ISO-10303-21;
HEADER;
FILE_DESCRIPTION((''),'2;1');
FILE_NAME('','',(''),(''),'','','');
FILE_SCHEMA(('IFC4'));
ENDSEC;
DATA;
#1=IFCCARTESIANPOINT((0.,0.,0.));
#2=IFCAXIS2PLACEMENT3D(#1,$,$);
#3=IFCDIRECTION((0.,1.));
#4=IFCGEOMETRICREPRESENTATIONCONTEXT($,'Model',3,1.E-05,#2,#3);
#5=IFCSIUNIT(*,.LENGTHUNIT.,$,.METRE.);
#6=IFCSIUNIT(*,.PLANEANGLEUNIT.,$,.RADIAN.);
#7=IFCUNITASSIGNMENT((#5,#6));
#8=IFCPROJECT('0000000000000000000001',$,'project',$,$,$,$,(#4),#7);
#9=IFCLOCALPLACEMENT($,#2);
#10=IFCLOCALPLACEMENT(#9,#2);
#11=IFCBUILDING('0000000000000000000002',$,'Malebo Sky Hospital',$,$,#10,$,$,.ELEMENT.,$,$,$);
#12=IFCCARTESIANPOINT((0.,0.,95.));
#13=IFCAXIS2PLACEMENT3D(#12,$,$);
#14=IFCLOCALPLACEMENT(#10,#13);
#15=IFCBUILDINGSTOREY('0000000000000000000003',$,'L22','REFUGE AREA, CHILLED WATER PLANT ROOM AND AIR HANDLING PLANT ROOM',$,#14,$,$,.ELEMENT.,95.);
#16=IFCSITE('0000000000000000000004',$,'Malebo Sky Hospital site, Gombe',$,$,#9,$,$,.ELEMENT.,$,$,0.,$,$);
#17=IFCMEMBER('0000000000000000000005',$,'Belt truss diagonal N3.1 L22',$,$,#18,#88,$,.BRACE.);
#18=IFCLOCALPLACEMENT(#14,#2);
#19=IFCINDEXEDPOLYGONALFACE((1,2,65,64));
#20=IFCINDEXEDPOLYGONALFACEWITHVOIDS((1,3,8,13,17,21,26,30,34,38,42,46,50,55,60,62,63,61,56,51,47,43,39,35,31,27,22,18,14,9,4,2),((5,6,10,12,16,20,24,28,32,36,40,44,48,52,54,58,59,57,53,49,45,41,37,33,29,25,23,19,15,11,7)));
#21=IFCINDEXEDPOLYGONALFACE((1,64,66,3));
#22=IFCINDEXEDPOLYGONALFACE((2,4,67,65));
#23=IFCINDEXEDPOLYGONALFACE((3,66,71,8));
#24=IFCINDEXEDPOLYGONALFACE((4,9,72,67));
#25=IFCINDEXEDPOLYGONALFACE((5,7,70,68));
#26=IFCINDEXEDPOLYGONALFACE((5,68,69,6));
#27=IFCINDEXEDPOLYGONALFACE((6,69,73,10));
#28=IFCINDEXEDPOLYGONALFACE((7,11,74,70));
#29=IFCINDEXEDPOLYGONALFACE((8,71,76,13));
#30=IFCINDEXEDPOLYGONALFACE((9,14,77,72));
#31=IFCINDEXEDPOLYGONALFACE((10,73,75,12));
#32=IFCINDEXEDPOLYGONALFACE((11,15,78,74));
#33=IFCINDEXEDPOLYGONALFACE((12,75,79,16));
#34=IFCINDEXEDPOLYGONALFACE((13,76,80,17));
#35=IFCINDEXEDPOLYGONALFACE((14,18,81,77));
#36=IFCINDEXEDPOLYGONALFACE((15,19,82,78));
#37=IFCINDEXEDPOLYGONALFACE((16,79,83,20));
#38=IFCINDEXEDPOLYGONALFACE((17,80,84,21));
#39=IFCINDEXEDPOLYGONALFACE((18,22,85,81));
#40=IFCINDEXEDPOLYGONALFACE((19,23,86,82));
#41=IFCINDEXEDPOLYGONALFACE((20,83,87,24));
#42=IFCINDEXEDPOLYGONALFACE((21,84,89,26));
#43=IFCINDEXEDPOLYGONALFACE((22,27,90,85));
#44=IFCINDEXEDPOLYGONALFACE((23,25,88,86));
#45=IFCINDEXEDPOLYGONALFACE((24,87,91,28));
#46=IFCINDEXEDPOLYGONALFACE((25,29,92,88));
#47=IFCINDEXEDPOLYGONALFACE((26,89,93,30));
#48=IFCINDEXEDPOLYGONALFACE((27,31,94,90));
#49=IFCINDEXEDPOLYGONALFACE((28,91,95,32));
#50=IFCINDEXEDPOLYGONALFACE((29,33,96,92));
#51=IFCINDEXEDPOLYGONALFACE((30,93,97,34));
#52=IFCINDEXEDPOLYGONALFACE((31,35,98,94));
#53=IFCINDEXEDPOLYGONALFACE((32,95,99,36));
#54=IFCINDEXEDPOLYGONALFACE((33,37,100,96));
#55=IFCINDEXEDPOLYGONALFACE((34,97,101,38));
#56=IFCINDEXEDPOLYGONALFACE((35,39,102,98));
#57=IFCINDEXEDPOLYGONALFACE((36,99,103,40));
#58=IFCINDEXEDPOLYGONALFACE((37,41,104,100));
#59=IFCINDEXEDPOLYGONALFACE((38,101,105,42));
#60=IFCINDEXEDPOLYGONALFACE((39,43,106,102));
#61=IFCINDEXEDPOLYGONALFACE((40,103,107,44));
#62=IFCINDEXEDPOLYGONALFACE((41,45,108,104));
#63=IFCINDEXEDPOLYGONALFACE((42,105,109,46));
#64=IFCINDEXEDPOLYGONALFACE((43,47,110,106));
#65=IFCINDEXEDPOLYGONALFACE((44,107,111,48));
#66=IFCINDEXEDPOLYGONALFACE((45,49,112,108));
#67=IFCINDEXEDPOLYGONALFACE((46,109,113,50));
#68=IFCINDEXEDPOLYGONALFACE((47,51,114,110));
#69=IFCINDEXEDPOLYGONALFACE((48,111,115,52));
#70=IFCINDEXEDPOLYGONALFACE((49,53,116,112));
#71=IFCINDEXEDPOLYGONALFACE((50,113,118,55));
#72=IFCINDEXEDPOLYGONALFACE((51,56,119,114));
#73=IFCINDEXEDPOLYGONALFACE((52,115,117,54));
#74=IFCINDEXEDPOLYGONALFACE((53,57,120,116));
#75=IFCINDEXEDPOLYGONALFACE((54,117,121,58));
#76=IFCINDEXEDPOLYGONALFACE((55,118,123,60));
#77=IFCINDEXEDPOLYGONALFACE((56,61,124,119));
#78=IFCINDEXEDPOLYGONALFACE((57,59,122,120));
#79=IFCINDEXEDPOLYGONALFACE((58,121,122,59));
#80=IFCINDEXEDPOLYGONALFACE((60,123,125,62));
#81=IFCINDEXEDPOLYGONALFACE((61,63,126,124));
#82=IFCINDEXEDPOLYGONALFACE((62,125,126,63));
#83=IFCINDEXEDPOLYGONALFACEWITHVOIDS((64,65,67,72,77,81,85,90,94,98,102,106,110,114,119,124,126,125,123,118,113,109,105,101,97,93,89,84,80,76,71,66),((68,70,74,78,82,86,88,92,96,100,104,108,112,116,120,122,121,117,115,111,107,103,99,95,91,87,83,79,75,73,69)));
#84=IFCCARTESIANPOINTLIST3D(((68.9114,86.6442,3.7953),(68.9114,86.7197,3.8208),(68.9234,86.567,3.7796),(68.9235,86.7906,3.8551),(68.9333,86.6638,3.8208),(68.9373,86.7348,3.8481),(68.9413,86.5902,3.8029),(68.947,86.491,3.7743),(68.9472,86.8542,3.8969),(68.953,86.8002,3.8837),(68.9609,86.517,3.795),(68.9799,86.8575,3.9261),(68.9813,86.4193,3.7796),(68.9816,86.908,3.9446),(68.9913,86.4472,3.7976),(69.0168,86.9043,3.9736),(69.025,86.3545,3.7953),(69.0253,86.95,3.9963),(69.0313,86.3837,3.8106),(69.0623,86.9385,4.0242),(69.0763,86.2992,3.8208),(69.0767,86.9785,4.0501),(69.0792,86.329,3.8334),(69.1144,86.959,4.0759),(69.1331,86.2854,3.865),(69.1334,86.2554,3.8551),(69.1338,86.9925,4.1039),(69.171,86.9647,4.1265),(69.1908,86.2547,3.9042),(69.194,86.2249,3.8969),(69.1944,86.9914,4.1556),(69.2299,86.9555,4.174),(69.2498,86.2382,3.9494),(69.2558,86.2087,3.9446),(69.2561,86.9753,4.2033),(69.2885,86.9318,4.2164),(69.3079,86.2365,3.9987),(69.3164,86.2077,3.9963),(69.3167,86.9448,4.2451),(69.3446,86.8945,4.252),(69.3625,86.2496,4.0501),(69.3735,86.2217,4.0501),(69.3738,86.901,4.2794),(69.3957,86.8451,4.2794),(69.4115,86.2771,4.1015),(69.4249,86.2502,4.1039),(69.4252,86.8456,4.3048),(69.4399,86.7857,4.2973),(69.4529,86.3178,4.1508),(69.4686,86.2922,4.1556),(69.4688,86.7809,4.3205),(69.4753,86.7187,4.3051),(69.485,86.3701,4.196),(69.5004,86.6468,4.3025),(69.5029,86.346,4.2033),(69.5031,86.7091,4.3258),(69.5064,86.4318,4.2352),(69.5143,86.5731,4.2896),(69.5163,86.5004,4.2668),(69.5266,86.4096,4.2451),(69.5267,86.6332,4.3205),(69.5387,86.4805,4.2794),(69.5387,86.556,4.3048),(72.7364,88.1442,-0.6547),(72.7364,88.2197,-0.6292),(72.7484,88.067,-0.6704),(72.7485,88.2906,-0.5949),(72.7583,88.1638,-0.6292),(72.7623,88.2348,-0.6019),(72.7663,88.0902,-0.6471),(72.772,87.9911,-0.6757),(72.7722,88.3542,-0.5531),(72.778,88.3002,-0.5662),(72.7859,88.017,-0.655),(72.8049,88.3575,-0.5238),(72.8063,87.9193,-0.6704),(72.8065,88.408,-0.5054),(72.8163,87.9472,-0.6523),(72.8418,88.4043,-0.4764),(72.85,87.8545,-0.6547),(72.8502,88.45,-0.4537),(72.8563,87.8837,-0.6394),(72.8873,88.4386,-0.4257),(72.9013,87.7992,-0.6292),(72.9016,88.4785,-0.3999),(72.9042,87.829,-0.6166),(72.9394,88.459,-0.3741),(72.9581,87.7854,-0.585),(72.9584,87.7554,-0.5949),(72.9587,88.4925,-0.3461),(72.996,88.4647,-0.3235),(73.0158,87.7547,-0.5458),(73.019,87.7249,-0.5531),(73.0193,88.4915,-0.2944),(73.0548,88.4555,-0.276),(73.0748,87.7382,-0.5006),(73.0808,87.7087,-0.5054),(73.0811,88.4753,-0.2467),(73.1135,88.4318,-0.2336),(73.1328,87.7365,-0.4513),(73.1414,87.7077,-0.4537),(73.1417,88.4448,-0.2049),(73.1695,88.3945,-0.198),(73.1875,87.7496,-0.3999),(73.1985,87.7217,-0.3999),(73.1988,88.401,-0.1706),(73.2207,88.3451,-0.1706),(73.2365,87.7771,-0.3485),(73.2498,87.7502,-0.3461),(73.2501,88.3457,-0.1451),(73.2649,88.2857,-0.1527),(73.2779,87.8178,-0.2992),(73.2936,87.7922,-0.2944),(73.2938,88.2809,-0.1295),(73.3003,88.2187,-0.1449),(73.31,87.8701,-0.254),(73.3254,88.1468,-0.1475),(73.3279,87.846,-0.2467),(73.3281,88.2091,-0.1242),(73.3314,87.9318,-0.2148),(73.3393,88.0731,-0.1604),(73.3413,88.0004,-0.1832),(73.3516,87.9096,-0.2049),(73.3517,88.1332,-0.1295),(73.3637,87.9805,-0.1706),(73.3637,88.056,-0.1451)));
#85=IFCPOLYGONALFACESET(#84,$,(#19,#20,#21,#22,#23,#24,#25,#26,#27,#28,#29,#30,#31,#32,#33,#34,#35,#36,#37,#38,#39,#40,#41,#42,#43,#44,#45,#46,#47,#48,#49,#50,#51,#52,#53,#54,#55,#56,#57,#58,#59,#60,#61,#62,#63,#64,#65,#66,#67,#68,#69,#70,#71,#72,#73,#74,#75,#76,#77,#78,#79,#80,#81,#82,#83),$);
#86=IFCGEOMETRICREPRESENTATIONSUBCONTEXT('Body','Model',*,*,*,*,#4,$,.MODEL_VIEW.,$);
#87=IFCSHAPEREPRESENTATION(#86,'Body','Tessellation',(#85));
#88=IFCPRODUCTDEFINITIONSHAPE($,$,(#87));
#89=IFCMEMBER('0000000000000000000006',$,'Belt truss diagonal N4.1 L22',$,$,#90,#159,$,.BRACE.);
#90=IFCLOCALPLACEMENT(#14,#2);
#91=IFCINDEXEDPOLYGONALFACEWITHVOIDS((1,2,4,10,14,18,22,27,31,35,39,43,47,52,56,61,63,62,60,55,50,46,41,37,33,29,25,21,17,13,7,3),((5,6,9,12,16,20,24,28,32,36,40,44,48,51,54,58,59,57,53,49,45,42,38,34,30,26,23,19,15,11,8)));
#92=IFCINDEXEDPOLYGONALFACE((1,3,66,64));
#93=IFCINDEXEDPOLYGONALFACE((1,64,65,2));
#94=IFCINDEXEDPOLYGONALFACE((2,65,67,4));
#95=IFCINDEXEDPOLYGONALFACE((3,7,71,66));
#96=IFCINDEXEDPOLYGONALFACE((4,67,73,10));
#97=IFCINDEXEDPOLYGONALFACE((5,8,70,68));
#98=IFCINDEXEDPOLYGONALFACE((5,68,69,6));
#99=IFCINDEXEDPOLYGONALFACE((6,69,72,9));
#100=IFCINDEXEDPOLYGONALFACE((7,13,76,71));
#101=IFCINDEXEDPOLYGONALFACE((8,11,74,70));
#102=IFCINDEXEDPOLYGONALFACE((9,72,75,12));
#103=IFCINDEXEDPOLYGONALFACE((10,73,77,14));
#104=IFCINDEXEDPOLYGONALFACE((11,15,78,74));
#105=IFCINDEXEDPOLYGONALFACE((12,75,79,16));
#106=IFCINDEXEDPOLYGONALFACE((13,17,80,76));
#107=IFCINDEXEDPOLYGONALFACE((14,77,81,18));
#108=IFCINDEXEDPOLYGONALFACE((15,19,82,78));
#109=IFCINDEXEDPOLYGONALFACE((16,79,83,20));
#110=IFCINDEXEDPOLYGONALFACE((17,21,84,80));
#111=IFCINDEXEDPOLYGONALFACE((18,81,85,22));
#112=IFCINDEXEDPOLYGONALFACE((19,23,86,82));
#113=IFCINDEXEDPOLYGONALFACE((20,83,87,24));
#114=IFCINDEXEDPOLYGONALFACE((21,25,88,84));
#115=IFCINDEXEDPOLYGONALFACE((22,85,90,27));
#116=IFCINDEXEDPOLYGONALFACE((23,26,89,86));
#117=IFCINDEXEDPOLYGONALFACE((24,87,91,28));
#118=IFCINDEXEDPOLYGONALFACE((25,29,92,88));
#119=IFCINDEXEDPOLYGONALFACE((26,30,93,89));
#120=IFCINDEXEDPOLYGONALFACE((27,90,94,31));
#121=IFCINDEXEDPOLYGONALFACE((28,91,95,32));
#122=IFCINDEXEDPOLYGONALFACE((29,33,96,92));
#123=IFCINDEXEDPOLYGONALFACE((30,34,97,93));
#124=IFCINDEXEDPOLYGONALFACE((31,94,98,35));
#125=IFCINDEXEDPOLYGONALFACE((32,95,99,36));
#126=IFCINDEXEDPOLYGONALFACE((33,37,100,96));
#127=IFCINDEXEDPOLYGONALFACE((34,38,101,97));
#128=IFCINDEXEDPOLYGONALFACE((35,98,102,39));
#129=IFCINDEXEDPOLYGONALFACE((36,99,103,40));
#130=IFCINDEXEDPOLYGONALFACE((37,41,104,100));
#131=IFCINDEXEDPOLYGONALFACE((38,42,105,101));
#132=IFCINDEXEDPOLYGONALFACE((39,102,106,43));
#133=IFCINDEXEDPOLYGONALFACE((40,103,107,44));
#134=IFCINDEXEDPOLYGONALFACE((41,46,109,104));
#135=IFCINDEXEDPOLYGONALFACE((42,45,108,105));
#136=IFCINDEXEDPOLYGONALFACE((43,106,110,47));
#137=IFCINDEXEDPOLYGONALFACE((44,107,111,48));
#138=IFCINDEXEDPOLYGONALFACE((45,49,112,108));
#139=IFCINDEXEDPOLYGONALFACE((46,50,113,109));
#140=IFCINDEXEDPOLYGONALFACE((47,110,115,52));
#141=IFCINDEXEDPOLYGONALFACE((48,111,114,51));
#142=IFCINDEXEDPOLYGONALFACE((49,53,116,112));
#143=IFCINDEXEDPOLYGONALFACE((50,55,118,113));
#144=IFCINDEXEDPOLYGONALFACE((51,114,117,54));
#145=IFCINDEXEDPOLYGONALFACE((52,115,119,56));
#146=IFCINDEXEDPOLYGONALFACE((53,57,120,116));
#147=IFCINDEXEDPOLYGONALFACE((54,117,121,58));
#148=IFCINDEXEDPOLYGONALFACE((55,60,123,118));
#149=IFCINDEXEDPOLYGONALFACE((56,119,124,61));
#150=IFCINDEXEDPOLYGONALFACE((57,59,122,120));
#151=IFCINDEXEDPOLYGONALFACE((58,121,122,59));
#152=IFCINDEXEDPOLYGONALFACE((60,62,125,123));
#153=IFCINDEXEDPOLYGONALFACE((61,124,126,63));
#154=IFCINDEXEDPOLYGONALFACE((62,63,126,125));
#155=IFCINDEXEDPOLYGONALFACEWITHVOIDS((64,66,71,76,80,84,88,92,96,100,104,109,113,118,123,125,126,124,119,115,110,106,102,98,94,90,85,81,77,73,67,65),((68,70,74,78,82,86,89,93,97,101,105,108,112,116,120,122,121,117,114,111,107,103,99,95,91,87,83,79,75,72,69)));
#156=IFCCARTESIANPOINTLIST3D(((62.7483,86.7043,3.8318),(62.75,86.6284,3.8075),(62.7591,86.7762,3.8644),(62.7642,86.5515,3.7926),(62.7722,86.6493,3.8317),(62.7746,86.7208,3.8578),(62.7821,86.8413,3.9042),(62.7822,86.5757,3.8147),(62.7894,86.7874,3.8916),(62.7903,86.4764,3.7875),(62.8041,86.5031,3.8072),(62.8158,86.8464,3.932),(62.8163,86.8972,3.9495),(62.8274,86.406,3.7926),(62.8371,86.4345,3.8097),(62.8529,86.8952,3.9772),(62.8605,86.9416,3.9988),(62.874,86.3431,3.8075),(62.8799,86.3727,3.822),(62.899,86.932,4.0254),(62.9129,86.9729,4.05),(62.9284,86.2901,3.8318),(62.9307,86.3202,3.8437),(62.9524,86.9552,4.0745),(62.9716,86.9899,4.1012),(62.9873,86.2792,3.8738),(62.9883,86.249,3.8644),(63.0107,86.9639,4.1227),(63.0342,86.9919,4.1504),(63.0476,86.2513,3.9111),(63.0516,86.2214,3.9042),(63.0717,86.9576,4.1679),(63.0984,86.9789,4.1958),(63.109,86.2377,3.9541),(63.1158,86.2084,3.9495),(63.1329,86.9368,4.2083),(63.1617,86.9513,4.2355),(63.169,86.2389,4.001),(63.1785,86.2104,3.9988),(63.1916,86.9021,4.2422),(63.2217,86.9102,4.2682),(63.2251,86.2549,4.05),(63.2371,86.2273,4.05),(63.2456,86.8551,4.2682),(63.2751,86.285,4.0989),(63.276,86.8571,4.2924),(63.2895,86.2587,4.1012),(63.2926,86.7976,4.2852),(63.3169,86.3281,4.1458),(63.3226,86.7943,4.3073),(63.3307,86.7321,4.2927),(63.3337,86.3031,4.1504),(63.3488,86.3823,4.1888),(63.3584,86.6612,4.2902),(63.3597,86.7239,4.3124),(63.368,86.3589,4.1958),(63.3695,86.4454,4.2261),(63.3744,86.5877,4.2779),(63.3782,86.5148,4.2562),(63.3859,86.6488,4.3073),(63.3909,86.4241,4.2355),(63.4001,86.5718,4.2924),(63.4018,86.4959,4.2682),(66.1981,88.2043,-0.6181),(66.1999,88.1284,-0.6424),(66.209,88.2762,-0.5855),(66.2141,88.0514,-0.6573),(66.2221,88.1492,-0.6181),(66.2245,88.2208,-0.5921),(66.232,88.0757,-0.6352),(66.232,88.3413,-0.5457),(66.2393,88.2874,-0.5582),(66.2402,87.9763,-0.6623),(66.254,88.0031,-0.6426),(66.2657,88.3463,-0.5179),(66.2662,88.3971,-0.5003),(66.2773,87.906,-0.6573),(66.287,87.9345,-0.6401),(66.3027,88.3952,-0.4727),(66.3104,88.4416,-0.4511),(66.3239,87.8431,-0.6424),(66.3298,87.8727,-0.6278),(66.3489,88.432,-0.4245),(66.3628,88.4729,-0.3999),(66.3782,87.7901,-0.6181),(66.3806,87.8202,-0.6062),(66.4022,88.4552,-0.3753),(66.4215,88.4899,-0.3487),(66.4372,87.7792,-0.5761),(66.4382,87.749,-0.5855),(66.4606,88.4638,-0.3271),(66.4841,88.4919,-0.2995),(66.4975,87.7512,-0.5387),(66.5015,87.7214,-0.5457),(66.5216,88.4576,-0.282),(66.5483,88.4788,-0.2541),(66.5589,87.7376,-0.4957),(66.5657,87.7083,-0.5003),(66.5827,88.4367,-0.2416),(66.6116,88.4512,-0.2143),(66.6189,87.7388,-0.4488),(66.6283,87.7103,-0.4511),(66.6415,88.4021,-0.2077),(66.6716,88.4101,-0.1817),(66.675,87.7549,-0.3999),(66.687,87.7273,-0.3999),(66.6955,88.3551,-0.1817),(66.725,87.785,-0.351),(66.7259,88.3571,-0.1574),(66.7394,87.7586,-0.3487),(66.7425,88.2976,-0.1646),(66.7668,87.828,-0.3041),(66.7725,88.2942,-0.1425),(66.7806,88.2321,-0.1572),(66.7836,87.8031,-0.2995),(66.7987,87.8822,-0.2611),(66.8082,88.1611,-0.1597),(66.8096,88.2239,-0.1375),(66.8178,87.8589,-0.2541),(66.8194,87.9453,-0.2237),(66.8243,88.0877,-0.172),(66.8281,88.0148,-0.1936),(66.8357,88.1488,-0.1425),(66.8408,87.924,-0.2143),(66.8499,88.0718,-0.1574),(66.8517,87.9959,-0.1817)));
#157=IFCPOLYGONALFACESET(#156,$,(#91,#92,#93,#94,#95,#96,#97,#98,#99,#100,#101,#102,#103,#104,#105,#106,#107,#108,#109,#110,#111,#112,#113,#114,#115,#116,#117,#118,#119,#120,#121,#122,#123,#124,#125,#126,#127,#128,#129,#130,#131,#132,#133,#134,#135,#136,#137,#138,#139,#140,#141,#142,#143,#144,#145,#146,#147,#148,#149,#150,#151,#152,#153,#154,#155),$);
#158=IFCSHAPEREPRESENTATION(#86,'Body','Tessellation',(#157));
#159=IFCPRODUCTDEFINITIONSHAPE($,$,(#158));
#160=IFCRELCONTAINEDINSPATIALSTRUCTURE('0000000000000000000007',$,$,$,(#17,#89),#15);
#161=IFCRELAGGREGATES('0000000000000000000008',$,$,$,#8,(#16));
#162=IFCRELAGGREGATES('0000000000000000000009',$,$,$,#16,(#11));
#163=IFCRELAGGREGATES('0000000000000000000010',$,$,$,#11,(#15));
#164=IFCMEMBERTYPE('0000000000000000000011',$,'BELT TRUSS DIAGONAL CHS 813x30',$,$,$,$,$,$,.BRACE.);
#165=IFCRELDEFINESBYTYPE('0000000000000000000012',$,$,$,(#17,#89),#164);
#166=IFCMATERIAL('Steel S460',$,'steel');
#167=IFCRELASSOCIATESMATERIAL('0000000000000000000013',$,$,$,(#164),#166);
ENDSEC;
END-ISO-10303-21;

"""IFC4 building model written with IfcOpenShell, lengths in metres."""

from ifc_helpers import new_model, si_unit, direction, frame, origin, origin_2d, place, context, subcontext, project, spatial, hollow_circle, extrude, material, material_profile, profile_set, type_object, element, save


model = new_model("IFC4")

# Units and contexts
model_context = context("Model", 3, precision=1e-05, world=origin(), true_north=direction((0.0, 1.0)))
body_context = subcontext(model_context, "Body", "Model", "MODEL_VIEW")
ifc_project = project(units=[si_unit("LENGTHUNIT", "METRE"), si_unit("PLANEANGLEUNIT", "RADIAN")], contexts=[model_context])

# Site, building, storey
site_placement = place(None, origin())
site = spatial("IfcSite", under=ifc_project, at=site_placement, Name="Malebo Sky Hospital site, Gombe", CompositionType="ELEMENT", RefElevation=0.0)
building_placement = place(site_placement, origin())
building = spatial("IfcBuilding", under=site, at=building_placement, Name="Malebo Sky Hospital", CompositionType="ELEMENT")
storey_placement = place(building_placement, frame((0.0, 0.0, 95.0)))
storey = spatial("IfcBuildingStorey", under=building, at=storey_placement, Name="L22", Description="REFUGE AREA, CHILLED WATER PLANT ROOM AND AIR HANDLING PLANT ROOM", CompositionType="ELEMENT", Elevation=95.0)

# Members
ifc_material_1 = material(Name="Steel S460", Category="steel")
ifc_material_profile_1 = material_profile(ifc_material_1, hollow_circle(Radius=0.4065, WallThickness=0.03, at=origin_2d()), Name="CHS 813x30")
ifc_profile_set_1 = profile_set([ifc_material_profile_1], Name="Steel S460")
member_type_1 = type_object("IfcMemberType", Name="BELT TRUSS DIAGONAL CHS 813x30", PredefinedType="BRACE", material=ifc_profile_set_1)
member_1_placement = place(storey_placement, frame((73.05, 88.1001, -0.3999), z_axis=(-0.631535, -0.247664, 0.734728), x_axis=(0.365092, -0.930972, 0.0)))
element("IfcMember", 1, at=member_1_placement, inside=storey, type_object=member_type_1, Name="Belt truss diagonal N3.1 L22", PredefinedType="BRACE", context=body_context, shape_type="SweptSolid", body=[
    extrude(hollow_circle(Radius=0.4065, WallThickness=0.03, at=origin_2d()), origin(), (0.0, 0.0, 1.0), 6.0566),
])
member_2_placement = place(storey_placement, frame((66.5249, 88.1001, -0.3999), z_axis=(-0.59206, -0.257421, 0.763675), x_axis=(0.398731, -0.917068, 0.0)))
element("IfcMember", 2, at=member_2_placement, inside=storey, type_object=member_type_1, Name="Belt truss diagonal N4.1 L22", PredefinedType="BRACE", context=body_context, shape_type="SweptSolid", body=[
    extrude(hollow_circle(Radius=0.4065, WallThickness=0.03, at=origin_2d()), origin(), (0.0, 0.0, 1.0), 5.8269),
])

save(model, "model.ifc")
